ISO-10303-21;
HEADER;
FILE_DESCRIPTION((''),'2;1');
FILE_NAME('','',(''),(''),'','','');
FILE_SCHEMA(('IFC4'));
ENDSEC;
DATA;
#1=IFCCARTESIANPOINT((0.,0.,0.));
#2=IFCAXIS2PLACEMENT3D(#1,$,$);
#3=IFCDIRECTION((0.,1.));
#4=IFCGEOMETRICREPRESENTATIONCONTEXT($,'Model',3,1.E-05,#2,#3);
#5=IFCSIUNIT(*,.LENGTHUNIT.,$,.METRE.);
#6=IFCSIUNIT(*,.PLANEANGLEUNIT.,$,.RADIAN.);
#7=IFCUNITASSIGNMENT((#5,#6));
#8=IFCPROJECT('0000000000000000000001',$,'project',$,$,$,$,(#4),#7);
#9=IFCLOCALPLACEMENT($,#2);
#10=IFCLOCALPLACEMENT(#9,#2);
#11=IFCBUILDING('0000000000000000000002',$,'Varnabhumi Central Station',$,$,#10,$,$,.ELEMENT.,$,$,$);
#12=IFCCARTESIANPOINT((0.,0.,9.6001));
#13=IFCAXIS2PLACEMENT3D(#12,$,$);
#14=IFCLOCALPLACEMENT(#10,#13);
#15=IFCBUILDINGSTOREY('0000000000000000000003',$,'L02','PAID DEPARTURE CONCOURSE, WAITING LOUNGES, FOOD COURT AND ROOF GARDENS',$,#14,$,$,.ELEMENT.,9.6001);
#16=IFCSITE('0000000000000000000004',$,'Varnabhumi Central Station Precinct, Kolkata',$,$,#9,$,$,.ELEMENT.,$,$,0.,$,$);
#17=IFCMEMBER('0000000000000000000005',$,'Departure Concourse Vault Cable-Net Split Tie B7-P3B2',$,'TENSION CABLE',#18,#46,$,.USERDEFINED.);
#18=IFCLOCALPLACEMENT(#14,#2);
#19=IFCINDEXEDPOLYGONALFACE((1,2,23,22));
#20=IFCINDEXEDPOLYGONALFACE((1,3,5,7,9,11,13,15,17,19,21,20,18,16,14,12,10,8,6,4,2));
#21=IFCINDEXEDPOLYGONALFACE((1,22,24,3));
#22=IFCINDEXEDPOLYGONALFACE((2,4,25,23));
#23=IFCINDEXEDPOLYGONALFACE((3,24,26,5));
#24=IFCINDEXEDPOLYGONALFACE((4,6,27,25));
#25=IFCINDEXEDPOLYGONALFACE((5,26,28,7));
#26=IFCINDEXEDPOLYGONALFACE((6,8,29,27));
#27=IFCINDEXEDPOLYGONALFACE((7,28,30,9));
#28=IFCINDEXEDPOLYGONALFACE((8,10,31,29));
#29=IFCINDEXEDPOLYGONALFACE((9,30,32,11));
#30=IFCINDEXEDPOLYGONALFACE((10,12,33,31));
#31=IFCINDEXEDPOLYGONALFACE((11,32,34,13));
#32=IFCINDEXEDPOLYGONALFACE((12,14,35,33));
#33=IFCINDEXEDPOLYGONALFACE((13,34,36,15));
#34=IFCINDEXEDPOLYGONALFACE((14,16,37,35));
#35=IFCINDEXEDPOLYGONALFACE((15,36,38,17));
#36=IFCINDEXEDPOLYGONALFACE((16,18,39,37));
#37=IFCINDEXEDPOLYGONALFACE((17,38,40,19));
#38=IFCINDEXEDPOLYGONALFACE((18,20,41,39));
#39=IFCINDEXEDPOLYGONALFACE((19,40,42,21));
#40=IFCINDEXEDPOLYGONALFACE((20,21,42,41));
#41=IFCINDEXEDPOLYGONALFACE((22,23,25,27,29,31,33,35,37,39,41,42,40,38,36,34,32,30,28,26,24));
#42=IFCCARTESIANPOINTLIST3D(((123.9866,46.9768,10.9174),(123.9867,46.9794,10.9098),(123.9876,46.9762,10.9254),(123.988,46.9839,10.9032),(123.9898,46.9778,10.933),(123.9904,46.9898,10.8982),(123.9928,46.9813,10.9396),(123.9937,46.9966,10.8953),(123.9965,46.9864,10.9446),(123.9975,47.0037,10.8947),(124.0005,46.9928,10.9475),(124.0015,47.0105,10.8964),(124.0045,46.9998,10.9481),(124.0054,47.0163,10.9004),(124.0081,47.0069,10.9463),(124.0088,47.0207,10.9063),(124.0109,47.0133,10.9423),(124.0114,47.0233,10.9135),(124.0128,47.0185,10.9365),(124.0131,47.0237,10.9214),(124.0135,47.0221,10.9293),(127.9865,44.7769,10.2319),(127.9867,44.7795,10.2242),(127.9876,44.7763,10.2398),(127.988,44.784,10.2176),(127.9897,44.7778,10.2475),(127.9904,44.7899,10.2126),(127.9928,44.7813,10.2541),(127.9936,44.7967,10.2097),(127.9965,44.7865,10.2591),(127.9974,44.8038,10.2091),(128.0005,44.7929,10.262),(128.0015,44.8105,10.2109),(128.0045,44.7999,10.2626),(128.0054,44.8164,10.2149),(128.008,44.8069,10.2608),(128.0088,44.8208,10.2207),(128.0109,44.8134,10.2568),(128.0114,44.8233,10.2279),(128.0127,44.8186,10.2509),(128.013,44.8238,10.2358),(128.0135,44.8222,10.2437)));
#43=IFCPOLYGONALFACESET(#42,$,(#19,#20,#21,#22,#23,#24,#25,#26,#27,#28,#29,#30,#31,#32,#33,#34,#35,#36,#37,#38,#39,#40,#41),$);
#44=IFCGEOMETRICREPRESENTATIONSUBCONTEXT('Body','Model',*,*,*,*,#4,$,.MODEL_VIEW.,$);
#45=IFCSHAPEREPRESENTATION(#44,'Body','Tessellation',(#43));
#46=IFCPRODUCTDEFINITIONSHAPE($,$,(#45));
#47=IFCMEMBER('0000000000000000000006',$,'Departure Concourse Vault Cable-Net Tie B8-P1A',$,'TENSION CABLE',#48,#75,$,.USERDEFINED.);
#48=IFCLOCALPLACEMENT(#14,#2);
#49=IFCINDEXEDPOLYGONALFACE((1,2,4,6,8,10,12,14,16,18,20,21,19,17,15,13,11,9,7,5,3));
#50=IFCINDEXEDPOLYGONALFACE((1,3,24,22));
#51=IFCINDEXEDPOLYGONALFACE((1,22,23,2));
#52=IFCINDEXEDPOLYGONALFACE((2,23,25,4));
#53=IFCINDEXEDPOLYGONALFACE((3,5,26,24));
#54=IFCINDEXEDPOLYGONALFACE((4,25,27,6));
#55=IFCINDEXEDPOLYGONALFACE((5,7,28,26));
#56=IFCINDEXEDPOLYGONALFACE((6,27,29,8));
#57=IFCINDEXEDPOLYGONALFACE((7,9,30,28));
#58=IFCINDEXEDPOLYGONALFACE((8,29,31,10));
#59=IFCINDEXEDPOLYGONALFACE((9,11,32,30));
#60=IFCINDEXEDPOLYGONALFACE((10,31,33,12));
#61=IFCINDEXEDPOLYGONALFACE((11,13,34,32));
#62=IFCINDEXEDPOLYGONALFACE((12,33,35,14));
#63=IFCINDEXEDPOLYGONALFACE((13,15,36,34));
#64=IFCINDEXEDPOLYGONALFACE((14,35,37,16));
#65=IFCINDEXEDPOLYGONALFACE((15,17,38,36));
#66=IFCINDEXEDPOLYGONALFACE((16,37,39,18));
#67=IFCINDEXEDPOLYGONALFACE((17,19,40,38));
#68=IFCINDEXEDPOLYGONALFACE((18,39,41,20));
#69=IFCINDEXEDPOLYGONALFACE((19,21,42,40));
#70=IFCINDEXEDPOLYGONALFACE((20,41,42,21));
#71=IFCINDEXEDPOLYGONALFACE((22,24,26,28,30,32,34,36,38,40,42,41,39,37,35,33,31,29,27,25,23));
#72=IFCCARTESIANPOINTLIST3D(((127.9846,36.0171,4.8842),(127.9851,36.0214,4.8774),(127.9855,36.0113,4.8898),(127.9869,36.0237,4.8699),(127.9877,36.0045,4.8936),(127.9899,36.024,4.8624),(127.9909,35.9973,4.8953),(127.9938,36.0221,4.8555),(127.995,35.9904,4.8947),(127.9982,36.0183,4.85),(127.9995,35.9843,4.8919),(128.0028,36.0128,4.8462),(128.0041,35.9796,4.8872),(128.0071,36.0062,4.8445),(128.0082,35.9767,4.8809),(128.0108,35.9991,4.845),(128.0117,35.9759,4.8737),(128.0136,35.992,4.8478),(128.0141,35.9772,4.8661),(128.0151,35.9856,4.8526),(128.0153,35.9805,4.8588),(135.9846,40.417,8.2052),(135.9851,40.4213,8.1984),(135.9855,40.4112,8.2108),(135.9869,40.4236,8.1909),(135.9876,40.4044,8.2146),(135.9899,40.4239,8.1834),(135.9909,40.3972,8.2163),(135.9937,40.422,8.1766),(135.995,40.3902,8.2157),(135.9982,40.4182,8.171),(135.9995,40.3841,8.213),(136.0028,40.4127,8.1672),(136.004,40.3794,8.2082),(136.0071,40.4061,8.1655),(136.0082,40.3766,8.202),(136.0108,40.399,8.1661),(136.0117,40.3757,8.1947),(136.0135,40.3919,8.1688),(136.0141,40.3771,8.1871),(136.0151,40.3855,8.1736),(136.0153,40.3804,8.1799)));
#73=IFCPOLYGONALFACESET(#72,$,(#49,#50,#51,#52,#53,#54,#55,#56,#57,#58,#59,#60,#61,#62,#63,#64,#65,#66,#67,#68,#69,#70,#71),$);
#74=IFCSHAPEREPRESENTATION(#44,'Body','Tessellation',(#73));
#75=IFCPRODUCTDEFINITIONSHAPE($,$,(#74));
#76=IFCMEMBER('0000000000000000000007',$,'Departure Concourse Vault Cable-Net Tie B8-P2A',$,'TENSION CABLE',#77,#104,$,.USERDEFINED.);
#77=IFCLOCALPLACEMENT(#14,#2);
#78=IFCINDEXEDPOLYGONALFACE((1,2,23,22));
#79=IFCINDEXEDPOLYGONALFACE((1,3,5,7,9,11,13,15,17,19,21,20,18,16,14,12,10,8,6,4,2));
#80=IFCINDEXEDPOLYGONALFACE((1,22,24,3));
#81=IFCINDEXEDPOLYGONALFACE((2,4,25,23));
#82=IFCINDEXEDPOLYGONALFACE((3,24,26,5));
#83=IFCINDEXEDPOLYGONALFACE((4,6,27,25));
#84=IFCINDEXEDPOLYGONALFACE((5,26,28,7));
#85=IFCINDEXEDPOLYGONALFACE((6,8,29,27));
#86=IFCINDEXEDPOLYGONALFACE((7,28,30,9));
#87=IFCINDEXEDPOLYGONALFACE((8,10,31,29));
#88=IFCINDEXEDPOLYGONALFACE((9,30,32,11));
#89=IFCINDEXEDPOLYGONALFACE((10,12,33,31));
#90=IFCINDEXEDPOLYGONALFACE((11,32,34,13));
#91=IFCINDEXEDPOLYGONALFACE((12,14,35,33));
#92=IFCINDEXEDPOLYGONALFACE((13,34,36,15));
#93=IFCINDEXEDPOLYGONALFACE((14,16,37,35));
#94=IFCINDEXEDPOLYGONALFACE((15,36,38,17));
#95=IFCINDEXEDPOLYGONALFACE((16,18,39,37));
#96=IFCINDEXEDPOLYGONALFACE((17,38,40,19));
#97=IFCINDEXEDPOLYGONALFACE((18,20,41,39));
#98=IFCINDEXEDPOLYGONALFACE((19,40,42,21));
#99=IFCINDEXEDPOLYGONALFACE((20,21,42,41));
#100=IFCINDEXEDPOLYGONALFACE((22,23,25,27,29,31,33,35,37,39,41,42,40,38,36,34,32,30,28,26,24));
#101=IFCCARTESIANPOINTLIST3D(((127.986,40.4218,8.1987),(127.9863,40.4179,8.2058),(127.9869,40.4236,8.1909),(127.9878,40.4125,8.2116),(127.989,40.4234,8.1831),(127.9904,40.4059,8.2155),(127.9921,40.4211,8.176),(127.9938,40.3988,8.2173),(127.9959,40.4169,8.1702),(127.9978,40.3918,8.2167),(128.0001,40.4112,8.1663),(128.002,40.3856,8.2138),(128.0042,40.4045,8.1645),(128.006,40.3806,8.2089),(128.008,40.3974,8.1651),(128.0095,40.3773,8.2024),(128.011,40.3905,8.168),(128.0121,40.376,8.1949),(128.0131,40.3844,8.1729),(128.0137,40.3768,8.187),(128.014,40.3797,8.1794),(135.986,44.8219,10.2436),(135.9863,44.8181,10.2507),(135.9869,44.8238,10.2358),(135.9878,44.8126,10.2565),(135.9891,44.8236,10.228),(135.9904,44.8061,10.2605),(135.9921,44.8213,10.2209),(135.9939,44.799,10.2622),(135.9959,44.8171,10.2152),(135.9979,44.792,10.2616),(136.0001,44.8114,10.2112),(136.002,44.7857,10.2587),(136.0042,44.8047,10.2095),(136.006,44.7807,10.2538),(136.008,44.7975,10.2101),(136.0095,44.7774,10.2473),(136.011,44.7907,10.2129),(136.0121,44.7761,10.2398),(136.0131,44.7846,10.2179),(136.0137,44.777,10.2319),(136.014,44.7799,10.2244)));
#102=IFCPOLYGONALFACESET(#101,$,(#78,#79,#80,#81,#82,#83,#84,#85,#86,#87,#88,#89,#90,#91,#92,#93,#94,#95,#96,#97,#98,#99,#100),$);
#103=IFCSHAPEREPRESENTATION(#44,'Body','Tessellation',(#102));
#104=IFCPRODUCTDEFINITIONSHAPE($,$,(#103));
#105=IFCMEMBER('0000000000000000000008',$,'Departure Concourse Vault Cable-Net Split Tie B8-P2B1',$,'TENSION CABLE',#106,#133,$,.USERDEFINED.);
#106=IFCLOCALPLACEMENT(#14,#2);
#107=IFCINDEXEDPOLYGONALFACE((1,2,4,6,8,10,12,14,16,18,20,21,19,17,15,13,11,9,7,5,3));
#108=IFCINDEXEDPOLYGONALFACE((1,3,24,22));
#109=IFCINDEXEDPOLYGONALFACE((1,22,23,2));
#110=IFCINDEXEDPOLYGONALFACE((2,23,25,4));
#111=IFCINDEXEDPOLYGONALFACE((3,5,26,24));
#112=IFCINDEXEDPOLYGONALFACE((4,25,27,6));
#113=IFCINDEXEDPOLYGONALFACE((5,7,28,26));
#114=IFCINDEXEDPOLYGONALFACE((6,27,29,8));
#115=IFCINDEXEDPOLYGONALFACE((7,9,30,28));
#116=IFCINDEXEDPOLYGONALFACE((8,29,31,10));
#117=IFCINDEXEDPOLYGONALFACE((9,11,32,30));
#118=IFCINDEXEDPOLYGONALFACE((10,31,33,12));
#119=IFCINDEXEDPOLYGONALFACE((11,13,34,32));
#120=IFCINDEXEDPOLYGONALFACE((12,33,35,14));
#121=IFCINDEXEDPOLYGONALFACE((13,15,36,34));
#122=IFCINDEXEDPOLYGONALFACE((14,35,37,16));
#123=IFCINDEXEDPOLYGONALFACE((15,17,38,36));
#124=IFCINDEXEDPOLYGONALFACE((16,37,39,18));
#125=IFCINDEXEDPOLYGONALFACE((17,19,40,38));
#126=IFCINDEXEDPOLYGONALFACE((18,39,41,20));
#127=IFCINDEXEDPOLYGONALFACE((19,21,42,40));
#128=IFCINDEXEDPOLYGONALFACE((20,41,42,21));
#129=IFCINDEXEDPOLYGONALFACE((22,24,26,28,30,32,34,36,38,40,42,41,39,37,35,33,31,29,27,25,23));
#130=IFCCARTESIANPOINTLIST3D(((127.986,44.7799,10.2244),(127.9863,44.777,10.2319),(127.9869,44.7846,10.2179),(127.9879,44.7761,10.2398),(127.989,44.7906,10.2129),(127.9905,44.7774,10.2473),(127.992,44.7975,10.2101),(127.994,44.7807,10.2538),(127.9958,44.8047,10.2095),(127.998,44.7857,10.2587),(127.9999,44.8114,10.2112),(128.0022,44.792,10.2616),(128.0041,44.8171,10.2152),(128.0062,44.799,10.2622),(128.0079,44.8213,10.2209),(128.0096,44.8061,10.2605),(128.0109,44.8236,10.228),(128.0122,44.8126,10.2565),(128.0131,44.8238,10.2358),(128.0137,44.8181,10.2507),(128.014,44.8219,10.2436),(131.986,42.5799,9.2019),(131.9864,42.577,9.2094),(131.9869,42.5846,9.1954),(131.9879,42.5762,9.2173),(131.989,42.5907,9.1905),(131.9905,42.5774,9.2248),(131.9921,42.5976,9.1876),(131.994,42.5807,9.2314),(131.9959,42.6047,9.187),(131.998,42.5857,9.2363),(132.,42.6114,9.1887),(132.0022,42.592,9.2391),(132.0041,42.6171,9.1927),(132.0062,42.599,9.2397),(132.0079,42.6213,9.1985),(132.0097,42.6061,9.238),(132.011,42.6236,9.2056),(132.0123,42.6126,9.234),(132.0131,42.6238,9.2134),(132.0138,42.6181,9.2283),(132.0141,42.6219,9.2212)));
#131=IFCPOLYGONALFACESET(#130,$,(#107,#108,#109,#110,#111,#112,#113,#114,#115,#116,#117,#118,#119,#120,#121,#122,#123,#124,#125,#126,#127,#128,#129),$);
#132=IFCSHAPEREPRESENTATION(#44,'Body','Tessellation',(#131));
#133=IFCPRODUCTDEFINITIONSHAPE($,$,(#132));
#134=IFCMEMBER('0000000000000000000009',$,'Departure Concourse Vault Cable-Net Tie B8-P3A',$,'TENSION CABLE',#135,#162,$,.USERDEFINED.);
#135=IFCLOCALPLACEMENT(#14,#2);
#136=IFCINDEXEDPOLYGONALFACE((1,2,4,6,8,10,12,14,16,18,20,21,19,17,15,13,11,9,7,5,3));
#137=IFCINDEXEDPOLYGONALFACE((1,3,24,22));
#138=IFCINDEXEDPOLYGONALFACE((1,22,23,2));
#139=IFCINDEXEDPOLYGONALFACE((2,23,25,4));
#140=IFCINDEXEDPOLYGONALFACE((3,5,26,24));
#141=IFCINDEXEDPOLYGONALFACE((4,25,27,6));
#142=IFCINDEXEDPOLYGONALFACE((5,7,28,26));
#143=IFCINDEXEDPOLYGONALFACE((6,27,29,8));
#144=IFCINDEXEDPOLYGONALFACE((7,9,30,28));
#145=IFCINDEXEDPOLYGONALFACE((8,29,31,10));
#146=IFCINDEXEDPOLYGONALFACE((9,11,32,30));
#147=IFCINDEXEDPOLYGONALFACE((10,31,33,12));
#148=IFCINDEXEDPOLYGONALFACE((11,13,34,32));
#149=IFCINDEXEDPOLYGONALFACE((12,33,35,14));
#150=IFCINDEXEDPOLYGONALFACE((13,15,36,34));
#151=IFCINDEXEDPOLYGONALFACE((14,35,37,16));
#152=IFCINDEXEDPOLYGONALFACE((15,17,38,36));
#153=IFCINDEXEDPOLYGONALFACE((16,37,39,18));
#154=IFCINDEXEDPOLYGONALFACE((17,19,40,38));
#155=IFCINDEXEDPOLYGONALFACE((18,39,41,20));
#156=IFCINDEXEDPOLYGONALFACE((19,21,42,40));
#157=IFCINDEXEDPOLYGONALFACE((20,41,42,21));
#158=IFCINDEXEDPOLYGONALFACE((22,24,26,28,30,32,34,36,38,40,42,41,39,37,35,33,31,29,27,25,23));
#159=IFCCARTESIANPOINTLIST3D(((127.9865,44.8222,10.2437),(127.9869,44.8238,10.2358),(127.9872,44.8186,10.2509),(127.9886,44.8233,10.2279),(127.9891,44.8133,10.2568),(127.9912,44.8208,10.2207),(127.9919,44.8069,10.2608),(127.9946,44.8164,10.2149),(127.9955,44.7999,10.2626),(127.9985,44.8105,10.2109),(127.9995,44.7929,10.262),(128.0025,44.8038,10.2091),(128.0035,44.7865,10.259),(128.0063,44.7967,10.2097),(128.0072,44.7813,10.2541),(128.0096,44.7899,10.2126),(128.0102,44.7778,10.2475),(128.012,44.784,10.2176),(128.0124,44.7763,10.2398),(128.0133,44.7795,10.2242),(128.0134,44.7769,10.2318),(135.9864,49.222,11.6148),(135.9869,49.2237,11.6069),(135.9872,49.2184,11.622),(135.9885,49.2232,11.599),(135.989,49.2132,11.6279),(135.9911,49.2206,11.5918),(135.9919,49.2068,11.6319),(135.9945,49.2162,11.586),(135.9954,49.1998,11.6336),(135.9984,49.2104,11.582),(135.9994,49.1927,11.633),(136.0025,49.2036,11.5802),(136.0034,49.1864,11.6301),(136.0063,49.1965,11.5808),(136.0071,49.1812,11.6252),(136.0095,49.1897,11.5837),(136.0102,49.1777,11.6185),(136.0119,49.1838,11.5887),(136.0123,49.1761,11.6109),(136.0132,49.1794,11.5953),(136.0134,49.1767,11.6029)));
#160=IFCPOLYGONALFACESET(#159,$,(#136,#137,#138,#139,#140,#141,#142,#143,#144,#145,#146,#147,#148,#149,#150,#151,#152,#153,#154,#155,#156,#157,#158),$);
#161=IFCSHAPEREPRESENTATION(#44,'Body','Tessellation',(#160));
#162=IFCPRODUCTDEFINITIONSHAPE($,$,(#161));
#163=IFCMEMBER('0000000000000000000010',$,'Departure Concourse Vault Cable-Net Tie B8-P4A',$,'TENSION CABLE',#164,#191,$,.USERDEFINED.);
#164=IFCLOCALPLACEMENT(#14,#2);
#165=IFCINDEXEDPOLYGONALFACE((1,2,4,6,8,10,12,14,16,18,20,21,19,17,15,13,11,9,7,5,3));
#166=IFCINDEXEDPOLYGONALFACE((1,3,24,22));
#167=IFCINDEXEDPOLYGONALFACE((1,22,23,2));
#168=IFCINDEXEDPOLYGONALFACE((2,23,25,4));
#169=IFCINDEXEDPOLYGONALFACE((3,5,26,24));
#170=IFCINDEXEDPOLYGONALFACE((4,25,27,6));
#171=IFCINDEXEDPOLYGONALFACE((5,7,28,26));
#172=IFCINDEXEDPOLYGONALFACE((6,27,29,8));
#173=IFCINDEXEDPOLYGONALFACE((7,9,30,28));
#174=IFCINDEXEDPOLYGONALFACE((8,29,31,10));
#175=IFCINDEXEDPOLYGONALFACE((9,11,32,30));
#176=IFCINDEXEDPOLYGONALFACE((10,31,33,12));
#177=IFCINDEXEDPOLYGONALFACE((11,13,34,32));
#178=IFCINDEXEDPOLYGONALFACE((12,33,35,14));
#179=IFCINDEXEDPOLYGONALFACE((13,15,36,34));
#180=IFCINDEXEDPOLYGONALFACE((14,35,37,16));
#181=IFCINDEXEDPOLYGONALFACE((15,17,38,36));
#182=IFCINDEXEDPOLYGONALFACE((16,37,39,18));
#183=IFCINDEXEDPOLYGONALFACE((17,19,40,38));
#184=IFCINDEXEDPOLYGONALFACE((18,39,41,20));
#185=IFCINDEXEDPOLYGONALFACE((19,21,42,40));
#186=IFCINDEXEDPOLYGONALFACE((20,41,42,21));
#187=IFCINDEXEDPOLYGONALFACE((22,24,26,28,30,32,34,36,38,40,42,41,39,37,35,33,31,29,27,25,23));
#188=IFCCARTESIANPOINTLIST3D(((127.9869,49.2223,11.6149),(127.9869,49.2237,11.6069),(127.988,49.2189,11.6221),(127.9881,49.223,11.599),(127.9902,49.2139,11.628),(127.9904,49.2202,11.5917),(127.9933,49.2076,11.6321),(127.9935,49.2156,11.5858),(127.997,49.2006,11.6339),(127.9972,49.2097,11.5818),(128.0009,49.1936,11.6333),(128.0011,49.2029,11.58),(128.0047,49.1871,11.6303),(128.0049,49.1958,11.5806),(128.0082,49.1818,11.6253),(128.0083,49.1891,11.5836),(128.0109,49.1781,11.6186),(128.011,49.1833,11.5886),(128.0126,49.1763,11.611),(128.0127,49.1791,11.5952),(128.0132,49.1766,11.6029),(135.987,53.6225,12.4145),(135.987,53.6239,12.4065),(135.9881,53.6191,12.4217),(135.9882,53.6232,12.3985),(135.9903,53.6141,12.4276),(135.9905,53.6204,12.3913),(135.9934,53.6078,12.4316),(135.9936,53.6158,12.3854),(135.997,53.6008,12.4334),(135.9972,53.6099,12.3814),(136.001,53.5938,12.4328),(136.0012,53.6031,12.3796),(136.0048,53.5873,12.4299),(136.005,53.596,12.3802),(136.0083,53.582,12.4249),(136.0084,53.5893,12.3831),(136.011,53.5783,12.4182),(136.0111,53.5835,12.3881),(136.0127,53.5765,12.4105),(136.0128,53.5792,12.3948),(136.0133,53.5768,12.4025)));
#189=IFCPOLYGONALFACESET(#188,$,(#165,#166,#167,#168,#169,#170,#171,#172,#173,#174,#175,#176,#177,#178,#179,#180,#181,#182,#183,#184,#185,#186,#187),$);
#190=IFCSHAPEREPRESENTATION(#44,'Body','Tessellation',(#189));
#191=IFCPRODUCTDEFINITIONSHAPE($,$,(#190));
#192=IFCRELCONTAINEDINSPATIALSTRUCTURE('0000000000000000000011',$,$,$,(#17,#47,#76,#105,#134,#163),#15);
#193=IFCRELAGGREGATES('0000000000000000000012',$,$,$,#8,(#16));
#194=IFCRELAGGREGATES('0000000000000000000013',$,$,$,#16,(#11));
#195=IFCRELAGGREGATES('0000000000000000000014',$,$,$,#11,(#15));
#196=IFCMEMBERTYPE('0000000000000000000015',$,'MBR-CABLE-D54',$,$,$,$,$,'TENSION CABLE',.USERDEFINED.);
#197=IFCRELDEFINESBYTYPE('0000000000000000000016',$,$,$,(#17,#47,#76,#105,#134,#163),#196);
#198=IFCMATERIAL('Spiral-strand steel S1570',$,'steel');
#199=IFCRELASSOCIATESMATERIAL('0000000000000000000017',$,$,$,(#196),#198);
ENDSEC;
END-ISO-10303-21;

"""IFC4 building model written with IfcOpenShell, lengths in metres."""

from ifc_helpers import new_model, si_unit, direction, frame, origin, origin_2d, place, context, subcontext, project, spatial, circle, extrude, material, material_profile, profile_set, type_object, element, save


model = new_model("IFC4")

# Units and contexts
model_context = context("Model", 3, precision=1e-05, world=origin(), true_north=direction((0.0, 1.0)))
body_context = subcontext(model_context, "Body", "Model", "MODEL_VIEW")
ifc_project = project(units=[si_unit("LENGTHUNIT", "METRE"), si_unit("PLANEANGLEUNIT", "RADIAN")], contexts=[model_context])

# Site, building, storey
site_placement = place(None, origin())
site = spatial("IfcSite", under=ifc_project, at=site_placement, Name="Varnabhumi Central Station Precinct, Kolkata", CompositionType="ELEMENT", RefElevation=0.0)
building_placement = place(site_placement, origin())
building = spatial("IfcBuilding", under=site, at=building_placement, Name="Varnabhumi Central Station", CompositionType="ELEMENT")
storey_placement = place(building_placement, frame((0.0, 0.0, 9.6001)))
storey = spatial("IfcBuildingStorey", under=building, at=storey_placement, Name="L02", Description="PAID DEPARTURE CONCOURSE, WAITING LOUNGES, FOOD COURT AND ROOF GARDENS", CompositionType="ELEMENT", Elevation=9.6001)

# Members
ifc_material_1 = material(Name="Spiral-strand steel S1570", Category="steel")
ifc_material_profile_1 = material_profile(ifc_material_1, circle(Radius=0.0271, at=origin_2d()), Name="Spiral-strand steel S1570", Category="steel")
ifc_profile_set_1 = profile_set([ifc_material_profile_1], Name="Spiral-strand steel S1570")
member_type_1 = type_object("IfcMemberType", Name="MBR-CABLE-D54", ElementType="TENSION CABLE", PredefinedType="USERDEFINED", material=ifc_profile_set_1)
member_1_placement = place(storey_placement, frame((124.0, 47.0, 10.9214), z_axis=(0.866504, -0.476567, -0.148507), x_axis=(0.481911, 0.87622, 0.0)))
element("IfcMember", 1, at=member_1_placement, inside=storey, type_object=member_type_1, Name="Departure Concourse Vault Cable-Net Split Tie B7-P3B2", ObjectType="TENSION CABLE", PredefinedType="USERDEFINED", context=body_context, shape_type="SweptSolid", body=[
    extrude(circle(Radius=0.0271, at=origin_2d()), origin(), (0.0, 0.0, 1.0), 4.6162),
])
member_2_placement = place(storey_placement, frame((128.0, 36.0, 4.8699), z_axis=(0.823437, 0.45288, 0.341834), x_axis=(-0.481911, 0.87622, 0.0)))
element("IfcMember", 2, at=member_2_placement, inside=storey, type_object=member_type_1, Name="Departure Concourse Vault Cable-Net Tie B8-P1A", ObjectType="TENSION CABLE", PredefinedType="USERDEFINED", context=body_context, shape_type="SweptSolid", body=[
    extrude(circle(Radius=0.0271, at=origin_2d()), origin(), (0.0, 0.0, 1.0), 9.7153),
])
member_3_placement = place(storey_placement, frame((128.0, 40.3999, 8.1909), z_axis=(0.855026, 0.47028, 0.218558), x_axis=(-0.481931, 0.876209, 0.0)))
element("IfcMember", 3, at=member_3_placement, inside=storey, type_object=member_type_1, Name="Departure Concourse Vault Cable-Net Tie B8-P2A", ObjectType="TENSION CABLE", PredefinedType="USERDEFINED", context=body_context, shape_type="SweptSolid", body=[
    extrude(circle(Radius=0.0271, at=origin_2d()), origin(), (0.0, 0.0, 1.0), 9.3564),
])
member_4_placement = place(storey_placement, frame((128.0, 44.8, 10.2358), z_axis=(0.855036, -0.47026, -0.21856), x_axis=(0.481911, 0.87622, 0.0)))
element("IfcMember", 4, at=member_4_placement, inside=storey, type_object=member_type_1, Name="Departure Concourse Vault Cable-Net Split Tie B8-P2B1", ObjectType="TENSION CABLE", PredefinedType="USERDEFINED", context=body_context, shape_type="SweptSolid", body=[
    extrude(circle(Radius=0.0271, at=origin_2d()), origin(), (0.0, 0.0, 1.0), 4.6782),
])
member_5_placement = place(storey_placement, frame((128.0, 44.8, 10.2358), z_axis=(0.866504, 0.476567, 0.148507), x_axis=(-0.481911, 0.87622, 0.0)))
element("IfcMember", 5, at=member_5_placement, inside=storey, type_object=member_type_1, Name="Departure Concourse Vault Cable-Net Tie B8-P3A", ObjectType="TENSION CABLE", PredefinedType="USERDEFINED", context=body_context, shape_type="SweptSolid", body=[
    extrude(circle(Radius=0.0271, at=origin_2d()), origin(), (0.0, 0.0, 1.0), 9.2324),
])
member_6_placement = place(storey_placement, frame((128.0, 49.2, 11.6069), z_axis=(0.872869, 0.480094, 0.087239), x_axis=(-0.481931, 0.876209, 0.0)))
element("IfcMember", 6, at=member_6_placement, inside=storey, type_object=member_type_1, Name="Departure Concourse Vault Cable-Net Tie B8-P4A", ObjectType="TENSION CABLE", PredefinedType="USERDEFINED", context=body_context, shape_type="SweptSolid", body=[
    extrude(circle(Radius=0.0271, at=origin_2d()), origin(), (0.0, 0.0, 1.0), 9.1653),
])

save(model, "model.ifc")
